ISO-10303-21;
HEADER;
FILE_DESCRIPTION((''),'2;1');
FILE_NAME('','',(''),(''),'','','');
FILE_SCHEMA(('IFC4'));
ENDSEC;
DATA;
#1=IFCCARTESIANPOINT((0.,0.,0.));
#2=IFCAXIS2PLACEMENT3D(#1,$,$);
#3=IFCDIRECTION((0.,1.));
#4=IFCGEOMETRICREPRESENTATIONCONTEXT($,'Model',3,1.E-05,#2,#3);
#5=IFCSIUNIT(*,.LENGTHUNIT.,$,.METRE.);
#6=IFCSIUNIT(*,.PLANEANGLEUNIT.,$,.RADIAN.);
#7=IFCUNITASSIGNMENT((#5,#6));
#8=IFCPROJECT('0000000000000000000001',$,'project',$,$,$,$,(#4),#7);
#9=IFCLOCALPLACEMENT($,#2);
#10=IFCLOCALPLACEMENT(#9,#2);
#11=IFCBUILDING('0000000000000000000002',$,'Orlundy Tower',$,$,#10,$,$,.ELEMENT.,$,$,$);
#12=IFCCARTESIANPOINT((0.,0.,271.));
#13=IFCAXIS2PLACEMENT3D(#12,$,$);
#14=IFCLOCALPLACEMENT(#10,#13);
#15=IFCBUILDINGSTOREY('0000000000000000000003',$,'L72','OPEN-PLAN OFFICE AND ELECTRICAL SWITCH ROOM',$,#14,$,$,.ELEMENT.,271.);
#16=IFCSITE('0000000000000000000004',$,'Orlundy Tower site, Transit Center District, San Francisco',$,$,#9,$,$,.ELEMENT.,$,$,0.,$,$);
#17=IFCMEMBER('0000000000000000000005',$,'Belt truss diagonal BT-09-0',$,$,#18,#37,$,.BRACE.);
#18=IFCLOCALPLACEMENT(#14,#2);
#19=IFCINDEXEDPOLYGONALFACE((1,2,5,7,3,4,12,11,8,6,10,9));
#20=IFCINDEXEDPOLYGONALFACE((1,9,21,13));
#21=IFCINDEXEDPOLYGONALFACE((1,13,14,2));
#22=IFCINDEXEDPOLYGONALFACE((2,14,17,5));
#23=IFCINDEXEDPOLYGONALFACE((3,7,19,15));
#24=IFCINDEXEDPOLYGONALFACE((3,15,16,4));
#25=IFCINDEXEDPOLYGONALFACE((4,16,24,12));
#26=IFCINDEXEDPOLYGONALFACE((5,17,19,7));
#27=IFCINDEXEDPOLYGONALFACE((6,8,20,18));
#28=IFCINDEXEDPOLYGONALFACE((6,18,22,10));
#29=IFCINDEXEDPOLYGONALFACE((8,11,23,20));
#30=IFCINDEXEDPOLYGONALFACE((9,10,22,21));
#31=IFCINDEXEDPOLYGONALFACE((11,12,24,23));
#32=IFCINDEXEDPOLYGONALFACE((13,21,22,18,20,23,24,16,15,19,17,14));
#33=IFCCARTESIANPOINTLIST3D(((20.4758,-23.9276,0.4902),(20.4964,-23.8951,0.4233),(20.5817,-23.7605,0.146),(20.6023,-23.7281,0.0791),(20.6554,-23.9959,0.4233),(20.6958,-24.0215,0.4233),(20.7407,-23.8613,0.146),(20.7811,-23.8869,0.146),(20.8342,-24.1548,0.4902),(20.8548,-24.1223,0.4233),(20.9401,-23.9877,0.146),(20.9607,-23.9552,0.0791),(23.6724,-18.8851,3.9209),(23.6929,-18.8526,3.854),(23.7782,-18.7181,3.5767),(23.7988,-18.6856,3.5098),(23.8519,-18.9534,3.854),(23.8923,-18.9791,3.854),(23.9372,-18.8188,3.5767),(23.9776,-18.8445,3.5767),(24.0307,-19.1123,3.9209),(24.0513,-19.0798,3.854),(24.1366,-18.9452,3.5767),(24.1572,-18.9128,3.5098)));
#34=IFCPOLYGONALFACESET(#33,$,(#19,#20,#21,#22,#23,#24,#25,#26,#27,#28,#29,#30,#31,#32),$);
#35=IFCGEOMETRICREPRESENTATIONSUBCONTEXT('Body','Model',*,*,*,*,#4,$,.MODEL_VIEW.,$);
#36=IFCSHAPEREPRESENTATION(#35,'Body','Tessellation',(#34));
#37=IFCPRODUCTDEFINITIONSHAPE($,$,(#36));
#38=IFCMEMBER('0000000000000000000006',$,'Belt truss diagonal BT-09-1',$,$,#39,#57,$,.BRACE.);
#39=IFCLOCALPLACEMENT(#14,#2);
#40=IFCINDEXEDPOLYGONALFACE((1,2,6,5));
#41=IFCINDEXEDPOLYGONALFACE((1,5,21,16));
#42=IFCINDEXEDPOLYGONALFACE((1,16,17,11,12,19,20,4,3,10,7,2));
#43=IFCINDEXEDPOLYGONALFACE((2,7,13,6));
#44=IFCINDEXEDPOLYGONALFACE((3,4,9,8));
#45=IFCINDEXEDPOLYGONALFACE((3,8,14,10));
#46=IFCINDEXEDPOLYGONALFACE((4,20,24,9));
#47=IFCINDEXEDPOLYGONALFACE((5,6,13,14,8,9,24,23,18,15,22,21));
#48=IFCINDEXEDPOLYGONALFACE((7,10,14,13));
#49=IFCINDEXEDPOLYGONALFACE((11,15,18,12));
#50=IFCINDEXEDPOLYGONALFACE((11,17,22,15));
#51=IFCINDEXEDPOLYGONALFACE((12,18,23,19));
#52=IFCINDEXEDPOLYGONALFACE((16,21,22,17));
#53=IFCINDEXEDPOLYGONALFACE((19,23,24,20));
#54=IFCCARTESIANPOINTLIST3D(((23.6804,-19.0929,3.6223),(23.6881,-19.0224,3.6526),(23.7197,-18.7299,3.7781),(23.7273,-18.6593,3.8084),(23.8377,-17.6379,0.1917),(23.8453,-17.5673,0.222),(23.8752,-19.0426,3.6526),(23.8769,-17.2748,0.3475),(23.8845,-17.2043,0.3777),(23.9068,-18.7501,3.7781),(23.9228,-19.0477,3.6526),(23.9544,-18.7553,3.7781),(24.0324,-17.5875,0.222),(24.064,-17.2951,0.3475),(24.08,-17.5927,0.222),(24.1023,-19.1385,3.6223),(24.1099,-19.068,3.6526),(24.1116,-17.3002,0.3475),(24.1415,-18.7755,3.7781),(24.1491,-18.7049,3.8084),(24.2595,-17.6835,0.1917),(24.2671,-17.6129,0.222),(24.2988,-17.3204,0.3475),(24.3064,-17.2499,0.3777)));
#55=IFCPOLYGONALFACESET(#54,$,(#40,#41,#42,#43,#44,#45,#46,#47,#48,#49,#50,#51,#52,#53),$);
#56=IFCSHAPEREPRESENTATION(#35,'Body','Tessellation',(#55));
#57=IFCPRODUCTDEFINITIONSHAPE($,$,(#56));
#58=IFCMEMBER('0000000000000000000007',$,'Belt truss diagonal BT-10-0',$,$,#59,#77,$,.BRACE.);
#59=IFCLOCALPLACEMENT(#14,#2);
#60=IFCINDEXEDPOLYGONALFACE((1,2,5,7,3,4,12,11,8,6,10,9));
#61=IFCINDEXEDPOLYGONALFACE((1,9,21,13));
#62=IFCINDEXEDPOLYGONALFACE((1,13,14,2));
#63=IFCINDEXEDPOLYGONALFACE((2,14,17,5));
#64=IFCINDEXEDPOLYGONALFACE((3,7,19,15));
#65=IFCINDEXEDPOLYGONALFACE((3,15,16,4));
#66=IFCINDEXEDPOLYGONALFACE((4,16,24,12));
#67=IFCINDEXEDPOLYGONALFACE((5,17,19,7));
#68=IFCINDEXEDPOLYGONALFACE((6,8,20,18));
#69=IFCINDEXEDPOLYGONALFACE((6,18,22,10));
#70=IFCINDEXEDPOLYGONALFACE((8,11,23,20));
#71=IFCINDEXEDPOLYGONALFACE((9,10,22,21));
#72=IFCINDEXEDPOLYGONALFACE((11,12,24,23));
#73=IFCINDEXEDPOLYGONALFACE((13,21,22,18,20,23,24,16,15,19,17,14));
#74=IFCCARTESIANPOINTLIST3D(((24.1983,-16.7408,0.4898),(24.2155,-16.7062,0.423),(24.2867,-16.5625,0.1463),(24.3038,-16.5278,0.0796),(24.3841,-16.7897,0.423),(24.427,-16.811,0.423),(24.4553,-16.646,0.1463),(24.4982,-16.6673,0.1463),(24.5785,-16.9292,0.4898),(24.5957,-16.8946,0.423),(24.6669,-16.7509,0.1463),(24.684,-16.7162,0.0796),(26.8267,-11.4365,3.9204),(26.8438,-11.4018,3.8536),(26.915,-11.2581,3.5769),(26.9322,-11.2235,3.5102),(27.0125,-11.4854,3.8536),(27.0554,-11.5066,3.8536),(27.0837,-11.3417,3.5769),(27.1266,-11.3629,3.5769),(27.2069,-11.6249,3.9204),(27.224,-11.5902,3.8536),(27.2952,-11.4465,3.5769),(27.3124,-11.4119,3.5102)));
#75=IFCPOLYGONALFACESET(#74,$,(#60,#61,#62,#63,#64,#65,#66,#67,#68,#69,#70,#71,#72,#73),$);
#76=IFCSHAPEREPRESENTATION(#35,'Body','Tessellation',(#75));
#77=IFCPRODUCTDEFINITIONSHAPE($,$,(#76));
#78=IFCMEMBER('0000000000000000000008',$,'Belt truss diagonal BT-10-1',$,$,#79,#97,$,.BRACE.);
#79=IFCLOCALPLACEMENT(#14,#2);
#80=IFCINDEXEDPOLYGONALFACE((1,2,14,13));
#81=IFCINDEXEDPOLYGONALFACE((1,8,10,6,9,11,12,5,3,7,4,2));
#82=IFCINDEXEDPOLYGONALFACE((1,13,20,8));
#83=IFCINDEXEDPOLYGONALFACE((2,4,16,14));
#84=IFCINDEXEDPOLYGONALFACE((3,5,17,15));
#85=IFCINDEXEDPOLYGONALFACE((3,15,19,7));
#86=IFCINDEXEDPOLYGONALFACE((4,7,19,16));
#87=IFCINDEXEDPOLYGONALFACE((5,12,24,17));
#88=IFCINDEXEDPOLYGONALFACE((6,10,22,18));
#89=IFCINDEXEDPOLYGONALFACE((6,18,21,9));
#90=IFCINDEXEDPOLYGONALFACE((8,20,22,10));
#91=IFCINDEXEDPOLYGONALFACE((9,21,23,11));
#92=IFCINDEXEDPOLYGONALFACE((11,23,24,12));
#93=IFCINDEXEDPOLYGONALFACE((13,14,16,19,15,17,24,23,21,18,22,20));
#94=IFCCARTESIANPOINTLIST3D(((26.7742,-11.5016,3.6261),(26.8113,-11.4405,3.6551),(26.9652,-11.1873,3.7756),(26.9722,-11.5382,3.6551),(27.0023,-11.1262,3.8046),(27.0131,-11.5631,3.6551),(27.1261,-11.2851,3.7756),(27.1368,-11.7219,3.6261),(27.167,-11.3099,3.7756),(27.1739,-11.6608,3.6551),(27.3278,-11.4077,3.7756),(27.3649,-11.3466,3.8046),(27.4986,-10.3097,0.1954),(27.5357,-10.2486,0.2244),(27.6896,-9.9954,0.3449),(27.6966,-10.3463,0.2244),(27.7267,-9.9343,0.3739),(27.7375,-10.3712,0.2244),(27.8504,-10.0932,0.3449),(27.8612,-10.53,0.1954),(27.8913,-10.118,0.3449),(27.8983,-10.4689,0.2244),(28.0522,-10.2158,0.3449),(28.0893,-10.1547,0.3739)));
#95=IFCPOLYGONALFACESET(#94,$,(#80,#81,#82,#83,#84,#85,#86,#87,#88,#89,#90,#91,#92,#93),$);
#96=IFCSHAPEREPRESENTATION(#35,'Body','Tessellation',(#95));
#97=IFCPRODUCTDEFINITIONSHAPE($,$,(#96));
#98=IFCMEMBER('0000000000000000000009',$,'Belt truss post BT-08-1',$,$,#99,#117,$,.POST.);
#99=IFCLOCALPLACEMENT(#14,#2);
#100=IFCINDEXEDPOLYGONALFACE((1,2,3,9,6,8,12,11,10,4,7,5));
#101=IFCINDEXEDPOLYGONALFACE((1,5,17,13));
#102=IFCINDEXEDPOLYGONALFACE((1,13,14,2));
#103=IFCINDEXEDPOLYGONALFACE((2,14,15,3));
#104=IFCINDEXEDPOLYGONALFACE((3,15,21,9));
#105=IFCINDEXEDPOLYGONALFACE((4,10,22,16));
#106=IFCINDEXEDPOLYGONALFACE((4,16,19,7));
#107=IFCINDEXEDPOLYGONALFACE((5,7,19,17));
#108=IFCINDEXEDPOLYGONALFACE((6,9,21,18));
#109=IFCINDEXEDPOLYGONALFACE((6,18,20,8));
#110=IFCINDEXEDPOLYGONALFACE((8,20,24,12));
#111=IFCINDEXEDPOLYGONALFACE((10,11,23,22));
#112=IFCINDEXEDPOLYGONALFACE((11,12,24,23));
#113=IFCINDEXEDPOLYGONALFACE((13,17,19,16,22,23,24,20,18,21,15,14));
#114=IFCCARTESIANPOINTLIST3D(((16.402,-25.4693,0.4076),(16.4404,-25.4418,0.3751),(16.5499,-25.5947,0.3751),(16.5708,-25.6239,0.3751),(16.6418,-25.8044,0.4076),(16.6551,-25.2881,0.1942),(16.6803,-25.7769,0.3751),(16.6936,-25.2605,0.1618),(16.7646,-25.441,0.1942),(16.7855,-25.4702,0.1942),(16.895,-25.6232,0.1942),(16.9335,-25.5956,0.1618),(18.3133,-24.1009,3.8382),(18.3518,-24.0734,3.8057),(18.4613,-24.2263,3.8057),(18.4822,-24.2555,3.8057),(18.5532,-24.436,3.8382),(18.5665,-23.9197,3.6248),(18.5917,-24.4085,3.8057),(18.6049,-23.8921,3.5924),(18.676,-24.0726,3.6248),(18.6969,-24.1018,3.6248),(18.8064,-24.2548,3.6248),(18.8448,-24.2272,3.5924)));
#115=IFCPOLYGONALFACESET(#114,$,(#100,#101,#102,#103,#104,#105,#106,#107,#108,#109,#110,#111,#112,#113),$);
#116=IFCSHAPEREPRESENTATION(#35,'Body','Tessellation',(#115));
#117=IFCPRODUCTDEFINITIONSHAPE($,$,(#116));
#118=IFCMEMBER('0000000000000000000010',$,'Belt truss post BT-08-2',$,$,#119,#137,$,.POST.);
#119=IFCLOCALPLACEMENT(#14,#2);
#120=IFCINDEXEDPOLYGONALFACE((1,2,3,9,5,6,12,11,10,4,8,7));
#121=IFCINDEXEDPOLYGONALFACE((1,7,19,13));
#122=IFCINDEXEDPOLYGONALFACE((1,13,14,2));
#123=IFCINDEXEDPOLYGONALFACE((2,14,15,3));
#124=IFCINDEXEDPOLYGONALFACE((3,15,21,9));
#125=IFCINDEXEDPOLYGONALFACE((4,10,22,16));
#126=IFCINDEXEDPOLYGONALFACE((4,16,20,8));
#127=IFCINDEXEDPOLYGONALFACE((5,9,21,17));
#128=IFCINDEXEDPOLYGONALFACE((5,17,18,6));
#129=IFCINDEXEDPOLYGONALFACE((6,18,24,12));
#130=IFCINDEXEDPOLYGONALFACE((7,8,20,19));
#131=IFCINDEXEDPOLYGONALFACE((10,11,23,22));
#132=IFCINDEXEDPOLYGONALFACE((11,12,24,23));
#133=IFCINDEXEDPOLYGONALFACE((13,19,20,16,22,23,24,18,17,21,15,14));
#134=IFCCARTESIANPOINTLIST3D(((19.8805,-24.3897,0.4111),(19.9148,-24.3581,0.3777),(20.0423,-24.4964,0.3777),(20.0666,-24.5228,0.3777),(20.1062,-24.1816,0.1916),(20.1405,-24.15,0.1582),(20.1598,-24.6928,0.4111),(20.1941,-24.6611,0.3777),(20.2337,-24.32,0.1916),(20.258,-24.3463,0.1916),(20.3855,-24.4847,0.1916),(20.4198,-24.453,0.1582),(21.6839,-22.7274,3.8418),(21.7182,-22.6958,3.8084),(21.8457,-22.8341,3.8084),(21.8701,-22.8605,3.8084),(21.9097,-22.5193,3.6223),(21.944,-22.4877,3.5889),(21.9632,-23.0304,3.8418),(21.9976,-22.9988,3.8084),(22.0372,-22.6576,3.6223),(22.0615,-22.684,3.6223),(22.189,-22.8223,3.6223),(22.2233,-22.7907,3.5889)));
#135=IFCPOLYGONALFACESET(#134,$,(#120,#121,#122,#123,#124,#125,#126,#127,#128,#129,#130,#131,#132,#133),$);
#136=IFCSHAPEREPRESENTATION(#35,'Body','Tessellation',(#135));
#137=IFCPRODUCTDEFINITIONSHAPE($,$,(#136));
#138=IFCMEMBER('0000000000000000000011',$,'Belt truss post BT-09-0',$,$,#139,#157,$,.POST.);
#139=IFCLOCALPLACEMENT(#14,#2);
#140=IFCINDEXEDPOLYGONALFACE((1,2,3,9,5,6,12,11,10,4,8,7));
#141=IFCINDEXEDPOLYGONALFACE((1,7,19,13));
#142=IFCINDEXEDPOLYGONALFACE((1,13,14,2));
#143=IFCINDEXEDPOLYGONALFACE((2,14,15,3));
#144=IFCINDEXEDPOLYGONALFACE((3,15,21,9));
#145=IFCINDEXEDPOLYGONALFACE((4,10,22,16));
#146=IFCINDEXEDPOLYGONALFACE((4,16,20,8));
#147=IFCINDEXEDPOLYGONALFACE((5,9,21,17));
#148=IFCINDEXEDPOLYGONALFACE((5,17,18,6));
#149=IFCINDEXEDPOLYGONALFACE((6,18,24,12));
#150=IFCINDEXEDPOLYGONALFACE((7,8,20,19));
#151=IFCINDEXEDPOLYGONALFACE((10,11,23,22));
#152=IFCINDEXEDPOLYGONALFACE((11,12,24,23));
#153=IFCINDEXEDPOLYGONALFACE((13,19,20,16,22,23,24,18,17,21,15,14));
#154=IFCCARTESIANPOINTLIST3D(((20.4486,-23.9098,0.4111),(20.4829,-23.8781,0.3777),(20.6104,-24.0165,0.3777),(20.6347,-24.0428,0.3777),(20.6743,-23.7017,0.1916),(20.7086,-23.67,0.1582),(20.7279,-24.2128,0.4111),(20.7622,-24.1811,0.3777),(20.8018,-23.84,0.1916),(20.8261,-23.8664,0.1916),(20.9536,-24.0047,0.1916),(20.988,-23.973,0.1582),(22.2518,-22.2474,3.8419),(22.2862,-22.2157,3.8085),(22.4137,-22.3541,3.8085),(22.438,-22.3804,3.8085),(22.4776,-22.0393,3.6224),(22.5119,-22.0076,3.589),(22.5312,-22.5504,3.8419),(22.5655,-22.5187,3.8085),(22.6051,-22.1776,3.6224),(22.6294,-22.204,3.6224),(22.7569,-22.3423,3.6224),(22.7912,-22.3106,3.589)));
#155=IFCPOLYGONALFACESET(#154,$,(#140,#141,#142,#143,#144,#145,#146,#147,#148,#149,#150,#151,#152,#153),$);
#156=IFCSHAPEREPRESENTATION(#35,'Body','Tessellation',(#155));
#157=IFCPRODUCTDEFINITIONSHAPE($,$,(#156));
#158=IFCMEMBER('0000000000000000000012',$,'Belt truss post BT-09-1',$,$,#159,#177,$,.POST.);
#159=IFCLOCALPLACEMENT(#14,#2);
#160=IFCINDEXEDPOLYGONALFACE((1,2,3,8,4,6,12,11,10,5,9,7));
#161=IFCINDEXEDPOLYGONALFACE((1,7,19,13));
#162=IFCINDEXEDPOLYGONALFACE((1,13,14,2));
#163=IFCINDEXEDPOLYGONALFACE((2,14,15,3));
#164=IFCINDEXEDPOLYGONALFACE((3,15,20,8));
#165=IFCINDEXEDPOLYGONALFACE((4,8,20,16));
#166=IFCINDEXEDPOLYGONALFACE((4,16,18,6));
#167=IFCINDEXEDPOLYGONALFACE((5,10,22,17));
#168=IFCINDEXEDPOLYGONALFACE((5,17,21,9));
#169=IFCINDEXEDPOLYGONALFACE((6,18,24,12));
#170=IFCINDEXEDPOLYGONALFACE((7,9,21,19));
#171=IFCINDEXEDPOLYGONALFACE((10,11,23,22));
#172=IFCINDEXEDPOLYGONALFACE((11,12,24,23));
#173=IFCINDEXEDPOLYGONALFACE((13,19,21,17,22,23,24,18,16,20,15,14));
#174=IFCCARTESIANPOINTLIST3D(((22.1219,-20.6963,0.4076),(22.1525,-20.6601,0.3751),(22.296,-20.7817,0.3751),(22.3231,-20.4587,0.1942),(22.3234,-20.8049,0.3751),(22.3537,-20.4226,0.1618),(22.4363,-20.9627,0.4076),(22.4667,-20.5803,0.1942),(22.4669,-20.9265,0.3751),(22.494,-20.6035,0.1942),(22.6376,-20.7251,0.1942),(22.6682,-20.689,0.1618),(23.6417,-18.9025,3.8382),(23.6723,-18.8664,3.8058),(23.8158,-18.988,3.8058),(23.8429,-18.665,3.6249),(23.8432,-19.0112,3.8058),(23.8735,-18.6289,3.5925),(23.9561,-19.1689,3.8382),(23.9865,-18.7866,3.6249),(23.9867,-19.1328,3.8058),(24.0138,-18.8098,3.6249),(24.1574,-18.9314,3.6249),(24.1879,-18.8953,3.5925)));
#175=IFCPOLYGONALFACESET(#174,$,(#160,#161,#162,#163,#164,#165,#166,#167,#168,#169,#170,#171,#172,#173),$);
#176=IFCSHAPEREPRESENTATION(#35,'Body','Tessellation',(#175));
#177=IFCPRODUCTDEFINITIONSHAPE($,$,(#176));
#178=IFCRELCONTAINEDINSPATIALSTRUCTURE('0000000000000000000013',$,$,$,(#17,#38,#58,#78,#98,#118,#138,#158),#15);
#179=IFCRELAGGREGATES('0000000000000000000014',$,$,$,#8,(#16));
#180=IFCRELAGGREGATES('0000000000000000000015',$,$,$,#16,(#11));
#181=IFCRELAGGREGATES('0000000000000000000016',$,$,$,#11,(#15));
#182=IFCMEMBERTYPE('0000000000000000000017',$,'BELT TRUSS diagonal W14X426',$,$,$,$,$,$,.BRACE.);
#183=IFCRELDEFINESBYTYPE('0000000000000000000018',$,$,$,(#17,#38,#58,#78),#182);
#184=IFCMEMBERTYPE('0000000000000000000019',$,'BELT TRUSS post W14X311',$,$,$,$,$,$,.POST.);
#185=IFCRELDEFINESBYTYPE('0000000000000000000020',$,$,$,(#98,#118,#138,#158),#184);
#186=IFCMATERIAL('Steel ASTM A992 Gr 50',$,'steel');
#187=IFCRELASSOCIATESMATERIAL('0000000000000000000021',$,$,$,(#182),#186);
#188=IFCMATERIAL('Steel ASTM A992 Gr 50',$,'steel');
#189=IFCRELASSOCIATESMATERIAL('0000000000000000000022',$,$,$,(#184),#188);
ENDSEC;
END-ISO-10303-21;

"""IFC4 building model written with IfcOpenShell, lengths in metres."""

from ifc_helpers import new_model, si_unit, direction, frame, origin, origin_2d, place, context, subcontext, project, spatial, i_section, extrude, material, material_profile, profile_set, type_object, element, save


model = new_model("IFC4")

# Units and contexts
model_context = context("Model", 3, precision=1e-05, world=origin(), true_north=direction((0.0, 1.0)))
body_context = subcontext(model_context, "Body", "Model", "MODEL_VIEW")
ifc_project = project(units=[si_unit("LENGTHUNIT", "METRE"), si_unit("PLANEANGLEUNIT", "RADIAN")], contexts=[model_context])

# Site, building, storey
site_placement = place(None, origin())
site = spatial("IfcSite", under=ifc_project, at=site_placement, Name="Orlundy Tower site, Transit Center District, San Francisco", CompositionType="ELEMENT", RefElevation=0.0)
building_placement = place(site_placement, origin())
building = spatial("IfcBuilding", under=site, at=building_placement, Name="Orlundy Tower", CompositionType="ELEMENT")
storey_placement = place(building_placement, frame((0.0, 0.0, 271.0)))
storey = spatial("IfcBuildingStorey", under=building, at=storey_placement, Name="L72", Description="OPEN-PLAN OFFICE AND ELECTRICAL SWITCH ROOM", CompositionType="ELEMENT", Elevation=271.0)

# Members
ifc_material_1 = material(Name="Steel ASTM A992 Gr 50", Category="steel")
ifc_material_profile_1 = material_profile(ifc_material_1, i_section(OverallWidth=0.4243, OverallDepth=0.4741, WebThickness=0.0479, FlangeThickness=0.0771, at=origin_2d()), Name="W14X426")
ifc_profile_set_1 = profile_set([ifc_material_profile_1], Name="Steel ASTM A992 Gr 50")
member_type_1 = type_object("IfcMemberType", Name="BELT TRUSS diagonal W14X426", PredefinedType="BRACE", material=ifc_profile_set_1)
member_1_placement = place(storey_placement, frame((20.7183, -23.9414, 0.2847), z_axis=(0.464223, 0.732304, 0.498225), x_axis=(-0.844595, 0.535406, 0.0)))
element("IfcMember", 1, at=member_1_placement, inside=storey, type_object=member_type_1, Name="Belt truss diagonal BT-09-0", PredefinedType="BRACE", context=body_context, shape_type="SweptSolid", body=[
    extrude(i_section(OverallWidth=0.4243, OverallDepth=0.4741, WebThickness=0.0479, FlangeThickness=0.0771, at=origin_2d()), origin(), (0.0, 0.0, 1.0), 6.8857),
])
member_2_placement = place(storey_placement, frame((23.9148, -18.8989, 3.7153), z_axis=(0.042154, 0.390122, -0.919798), x_axis=(-0.994213, 0.107428, 0.0)))
element("IfcMember", 2, at=member_2_placement, inside=storey, type_object=member_type_1, Name="Belt truss diagonal BT-09-1", PredefinedType="BRACE", context=body_context, shape_type="SweptSolid", body=[
    extrude(i_section(OverallWidth=0.4243, OverallDepth=0.4741, WebThickness=0.0479, FlangeThickness=0.0771, at=origin_2d()), origin(), (0.0, 0.0, 1.0), 3.7297),
])
member_3_placement = place(storey_placement, frame((24.4412, -16.7285, 0.2847), z_axis=(0.38415, 0.775259, 0.501401), x_axis=(-0.89603, 0.443994, 0.0)))
element("IfcMember", 3, at=member_3_placement, inside=storey, type_object=member_type_1, Name="Belt truss diagonal BT-10-0", PredefinedType="BRACE", context=body_context, shape_type="SweptSolid", body=[
    extrude(i_section(OverallWidth=0.4243, OverallDepth=0.4741, WebThickness=0.0479, FlangeThickness=0.0771, at=origin_2d()), origin(), (0.0, 0.0, 1.0), 6.842),
])
member_4_placement = place(storey_placement, frame((27.0696, -11.4241, 3.7153), z_axis=(0.195597, 0.321843, -0.926369), x_axis=(-0.85456, 0.519353, 0.0)))
element("IfcMember", 4, at=member_4_placement, inside=storey, type_object=member_type_1, Name="Belt truss diagonal BT-10-1", PredefinedType="BRACE", context=body_context, shape_type="SweptSolid", body=[
    extrude(i_section(OverallWidth=0.4243, OverallDepth=0.4741, WebThickness=0.0479, FlangeThickness=0.0771, at=origin_2d()), origin(), (0.0, 0.0, 1.0), 3.7034),
])
ifc_material_2 = material(Name="Steel ASTM A992 Gr 50", Category="steel")
ifc_material_profile_2 = material_profile(ifc_material_2, i_section(OverallWidth=0.4121, OverallDepth=0.4348, WebThickness=0.0359, FlangeThickness=0.0574, at=origin_2d()), Name="W14X311")
ifc_profile_set_2 = profile_set([ifc_material_profile_2], Name="Steel ASTM A992 Gr 50")
member_type_2 = type_object("IfcMemberType", Name="BELT TRUSS post W14X311", PredefinedType="POST", material=ifc_profile_set_2)
member_5_placement = place(storey_placement, frame((16.6677, -25.5325, 0.2847), z_axis=(0.459602, 0.329042, 0.824923), x_axis=(-0.582122, 0.813101, 0.0)))
element("IfcMember", 5, at=member_5_placement, inside=storey, type_object=member_type_2, Name="Belt truss post BT-08-1", PredefinedType="POST", context=body_context, shape_type="SweptSolid", body=[
    extrude(i_section(OverallWidth=0.4121, OverallDepth=0.4348, WebThickness=0.0359, FlangeThickness=0.0574, at=origin_2d()), origin(), (0.0, 0.0, 1.0), 4.1587),
])
for number, where, z_axis, x_axis, name in (
    (6, (20.1501, -24.4214, 0.2847), (0.427638, 0.394178, 0.81348), (-0.677755, 0.735288, 0.0), "Belt truss post BT-08-2"),
    (7, (20.7183, -23.9414, 0.2847), (0.427591, 0.394187, 0.8135), (-0.677804, 0.735242, 0.0), "Belt truss post BT-09-0"),
):
    element("IfcMember", number, at=place(storey_placement, frame(where, z_axis=z_axis, x_axis=x_axis)), inside=storey, type_object=member_type_2, Name=name, PredefinedType="POST", context=body_context, shape_type="SweptSolid", body=[
        extrude(i_section(OverallWidth=0.4121, OverallDepth=0.4348, WebThickness=0.0359, FlangeThickness=0.0574, at=origin_2d()), origin(), (0.0, 0.0, 1.0), 4.2173),
    ])
member_6_placement = place(storey_placement, frame((22.395, -20.6926, 0.2847), z_axis=(0.365426, 0.431291, 0.824895), x_axis=(-0.762961, 0.646445, 0.0)))
element("IfcMember", 8, at=member_6_placement, inside=storey, type_object=member_type_2, Name="Belt truss post BT-09-1", PredefinedType="POST", context=body_context, shape_type="SweptSolid", body=[
    extrude(i_section(OverallWidth=0.4121, OverallDepth=0.4348, WebThickness=0.0359, FlangeThickness=0.0574, at=origin_2d()), origin(), (0.0, 0.0, 1.0), 4.1589),
])

save(model, "model.ifc")
